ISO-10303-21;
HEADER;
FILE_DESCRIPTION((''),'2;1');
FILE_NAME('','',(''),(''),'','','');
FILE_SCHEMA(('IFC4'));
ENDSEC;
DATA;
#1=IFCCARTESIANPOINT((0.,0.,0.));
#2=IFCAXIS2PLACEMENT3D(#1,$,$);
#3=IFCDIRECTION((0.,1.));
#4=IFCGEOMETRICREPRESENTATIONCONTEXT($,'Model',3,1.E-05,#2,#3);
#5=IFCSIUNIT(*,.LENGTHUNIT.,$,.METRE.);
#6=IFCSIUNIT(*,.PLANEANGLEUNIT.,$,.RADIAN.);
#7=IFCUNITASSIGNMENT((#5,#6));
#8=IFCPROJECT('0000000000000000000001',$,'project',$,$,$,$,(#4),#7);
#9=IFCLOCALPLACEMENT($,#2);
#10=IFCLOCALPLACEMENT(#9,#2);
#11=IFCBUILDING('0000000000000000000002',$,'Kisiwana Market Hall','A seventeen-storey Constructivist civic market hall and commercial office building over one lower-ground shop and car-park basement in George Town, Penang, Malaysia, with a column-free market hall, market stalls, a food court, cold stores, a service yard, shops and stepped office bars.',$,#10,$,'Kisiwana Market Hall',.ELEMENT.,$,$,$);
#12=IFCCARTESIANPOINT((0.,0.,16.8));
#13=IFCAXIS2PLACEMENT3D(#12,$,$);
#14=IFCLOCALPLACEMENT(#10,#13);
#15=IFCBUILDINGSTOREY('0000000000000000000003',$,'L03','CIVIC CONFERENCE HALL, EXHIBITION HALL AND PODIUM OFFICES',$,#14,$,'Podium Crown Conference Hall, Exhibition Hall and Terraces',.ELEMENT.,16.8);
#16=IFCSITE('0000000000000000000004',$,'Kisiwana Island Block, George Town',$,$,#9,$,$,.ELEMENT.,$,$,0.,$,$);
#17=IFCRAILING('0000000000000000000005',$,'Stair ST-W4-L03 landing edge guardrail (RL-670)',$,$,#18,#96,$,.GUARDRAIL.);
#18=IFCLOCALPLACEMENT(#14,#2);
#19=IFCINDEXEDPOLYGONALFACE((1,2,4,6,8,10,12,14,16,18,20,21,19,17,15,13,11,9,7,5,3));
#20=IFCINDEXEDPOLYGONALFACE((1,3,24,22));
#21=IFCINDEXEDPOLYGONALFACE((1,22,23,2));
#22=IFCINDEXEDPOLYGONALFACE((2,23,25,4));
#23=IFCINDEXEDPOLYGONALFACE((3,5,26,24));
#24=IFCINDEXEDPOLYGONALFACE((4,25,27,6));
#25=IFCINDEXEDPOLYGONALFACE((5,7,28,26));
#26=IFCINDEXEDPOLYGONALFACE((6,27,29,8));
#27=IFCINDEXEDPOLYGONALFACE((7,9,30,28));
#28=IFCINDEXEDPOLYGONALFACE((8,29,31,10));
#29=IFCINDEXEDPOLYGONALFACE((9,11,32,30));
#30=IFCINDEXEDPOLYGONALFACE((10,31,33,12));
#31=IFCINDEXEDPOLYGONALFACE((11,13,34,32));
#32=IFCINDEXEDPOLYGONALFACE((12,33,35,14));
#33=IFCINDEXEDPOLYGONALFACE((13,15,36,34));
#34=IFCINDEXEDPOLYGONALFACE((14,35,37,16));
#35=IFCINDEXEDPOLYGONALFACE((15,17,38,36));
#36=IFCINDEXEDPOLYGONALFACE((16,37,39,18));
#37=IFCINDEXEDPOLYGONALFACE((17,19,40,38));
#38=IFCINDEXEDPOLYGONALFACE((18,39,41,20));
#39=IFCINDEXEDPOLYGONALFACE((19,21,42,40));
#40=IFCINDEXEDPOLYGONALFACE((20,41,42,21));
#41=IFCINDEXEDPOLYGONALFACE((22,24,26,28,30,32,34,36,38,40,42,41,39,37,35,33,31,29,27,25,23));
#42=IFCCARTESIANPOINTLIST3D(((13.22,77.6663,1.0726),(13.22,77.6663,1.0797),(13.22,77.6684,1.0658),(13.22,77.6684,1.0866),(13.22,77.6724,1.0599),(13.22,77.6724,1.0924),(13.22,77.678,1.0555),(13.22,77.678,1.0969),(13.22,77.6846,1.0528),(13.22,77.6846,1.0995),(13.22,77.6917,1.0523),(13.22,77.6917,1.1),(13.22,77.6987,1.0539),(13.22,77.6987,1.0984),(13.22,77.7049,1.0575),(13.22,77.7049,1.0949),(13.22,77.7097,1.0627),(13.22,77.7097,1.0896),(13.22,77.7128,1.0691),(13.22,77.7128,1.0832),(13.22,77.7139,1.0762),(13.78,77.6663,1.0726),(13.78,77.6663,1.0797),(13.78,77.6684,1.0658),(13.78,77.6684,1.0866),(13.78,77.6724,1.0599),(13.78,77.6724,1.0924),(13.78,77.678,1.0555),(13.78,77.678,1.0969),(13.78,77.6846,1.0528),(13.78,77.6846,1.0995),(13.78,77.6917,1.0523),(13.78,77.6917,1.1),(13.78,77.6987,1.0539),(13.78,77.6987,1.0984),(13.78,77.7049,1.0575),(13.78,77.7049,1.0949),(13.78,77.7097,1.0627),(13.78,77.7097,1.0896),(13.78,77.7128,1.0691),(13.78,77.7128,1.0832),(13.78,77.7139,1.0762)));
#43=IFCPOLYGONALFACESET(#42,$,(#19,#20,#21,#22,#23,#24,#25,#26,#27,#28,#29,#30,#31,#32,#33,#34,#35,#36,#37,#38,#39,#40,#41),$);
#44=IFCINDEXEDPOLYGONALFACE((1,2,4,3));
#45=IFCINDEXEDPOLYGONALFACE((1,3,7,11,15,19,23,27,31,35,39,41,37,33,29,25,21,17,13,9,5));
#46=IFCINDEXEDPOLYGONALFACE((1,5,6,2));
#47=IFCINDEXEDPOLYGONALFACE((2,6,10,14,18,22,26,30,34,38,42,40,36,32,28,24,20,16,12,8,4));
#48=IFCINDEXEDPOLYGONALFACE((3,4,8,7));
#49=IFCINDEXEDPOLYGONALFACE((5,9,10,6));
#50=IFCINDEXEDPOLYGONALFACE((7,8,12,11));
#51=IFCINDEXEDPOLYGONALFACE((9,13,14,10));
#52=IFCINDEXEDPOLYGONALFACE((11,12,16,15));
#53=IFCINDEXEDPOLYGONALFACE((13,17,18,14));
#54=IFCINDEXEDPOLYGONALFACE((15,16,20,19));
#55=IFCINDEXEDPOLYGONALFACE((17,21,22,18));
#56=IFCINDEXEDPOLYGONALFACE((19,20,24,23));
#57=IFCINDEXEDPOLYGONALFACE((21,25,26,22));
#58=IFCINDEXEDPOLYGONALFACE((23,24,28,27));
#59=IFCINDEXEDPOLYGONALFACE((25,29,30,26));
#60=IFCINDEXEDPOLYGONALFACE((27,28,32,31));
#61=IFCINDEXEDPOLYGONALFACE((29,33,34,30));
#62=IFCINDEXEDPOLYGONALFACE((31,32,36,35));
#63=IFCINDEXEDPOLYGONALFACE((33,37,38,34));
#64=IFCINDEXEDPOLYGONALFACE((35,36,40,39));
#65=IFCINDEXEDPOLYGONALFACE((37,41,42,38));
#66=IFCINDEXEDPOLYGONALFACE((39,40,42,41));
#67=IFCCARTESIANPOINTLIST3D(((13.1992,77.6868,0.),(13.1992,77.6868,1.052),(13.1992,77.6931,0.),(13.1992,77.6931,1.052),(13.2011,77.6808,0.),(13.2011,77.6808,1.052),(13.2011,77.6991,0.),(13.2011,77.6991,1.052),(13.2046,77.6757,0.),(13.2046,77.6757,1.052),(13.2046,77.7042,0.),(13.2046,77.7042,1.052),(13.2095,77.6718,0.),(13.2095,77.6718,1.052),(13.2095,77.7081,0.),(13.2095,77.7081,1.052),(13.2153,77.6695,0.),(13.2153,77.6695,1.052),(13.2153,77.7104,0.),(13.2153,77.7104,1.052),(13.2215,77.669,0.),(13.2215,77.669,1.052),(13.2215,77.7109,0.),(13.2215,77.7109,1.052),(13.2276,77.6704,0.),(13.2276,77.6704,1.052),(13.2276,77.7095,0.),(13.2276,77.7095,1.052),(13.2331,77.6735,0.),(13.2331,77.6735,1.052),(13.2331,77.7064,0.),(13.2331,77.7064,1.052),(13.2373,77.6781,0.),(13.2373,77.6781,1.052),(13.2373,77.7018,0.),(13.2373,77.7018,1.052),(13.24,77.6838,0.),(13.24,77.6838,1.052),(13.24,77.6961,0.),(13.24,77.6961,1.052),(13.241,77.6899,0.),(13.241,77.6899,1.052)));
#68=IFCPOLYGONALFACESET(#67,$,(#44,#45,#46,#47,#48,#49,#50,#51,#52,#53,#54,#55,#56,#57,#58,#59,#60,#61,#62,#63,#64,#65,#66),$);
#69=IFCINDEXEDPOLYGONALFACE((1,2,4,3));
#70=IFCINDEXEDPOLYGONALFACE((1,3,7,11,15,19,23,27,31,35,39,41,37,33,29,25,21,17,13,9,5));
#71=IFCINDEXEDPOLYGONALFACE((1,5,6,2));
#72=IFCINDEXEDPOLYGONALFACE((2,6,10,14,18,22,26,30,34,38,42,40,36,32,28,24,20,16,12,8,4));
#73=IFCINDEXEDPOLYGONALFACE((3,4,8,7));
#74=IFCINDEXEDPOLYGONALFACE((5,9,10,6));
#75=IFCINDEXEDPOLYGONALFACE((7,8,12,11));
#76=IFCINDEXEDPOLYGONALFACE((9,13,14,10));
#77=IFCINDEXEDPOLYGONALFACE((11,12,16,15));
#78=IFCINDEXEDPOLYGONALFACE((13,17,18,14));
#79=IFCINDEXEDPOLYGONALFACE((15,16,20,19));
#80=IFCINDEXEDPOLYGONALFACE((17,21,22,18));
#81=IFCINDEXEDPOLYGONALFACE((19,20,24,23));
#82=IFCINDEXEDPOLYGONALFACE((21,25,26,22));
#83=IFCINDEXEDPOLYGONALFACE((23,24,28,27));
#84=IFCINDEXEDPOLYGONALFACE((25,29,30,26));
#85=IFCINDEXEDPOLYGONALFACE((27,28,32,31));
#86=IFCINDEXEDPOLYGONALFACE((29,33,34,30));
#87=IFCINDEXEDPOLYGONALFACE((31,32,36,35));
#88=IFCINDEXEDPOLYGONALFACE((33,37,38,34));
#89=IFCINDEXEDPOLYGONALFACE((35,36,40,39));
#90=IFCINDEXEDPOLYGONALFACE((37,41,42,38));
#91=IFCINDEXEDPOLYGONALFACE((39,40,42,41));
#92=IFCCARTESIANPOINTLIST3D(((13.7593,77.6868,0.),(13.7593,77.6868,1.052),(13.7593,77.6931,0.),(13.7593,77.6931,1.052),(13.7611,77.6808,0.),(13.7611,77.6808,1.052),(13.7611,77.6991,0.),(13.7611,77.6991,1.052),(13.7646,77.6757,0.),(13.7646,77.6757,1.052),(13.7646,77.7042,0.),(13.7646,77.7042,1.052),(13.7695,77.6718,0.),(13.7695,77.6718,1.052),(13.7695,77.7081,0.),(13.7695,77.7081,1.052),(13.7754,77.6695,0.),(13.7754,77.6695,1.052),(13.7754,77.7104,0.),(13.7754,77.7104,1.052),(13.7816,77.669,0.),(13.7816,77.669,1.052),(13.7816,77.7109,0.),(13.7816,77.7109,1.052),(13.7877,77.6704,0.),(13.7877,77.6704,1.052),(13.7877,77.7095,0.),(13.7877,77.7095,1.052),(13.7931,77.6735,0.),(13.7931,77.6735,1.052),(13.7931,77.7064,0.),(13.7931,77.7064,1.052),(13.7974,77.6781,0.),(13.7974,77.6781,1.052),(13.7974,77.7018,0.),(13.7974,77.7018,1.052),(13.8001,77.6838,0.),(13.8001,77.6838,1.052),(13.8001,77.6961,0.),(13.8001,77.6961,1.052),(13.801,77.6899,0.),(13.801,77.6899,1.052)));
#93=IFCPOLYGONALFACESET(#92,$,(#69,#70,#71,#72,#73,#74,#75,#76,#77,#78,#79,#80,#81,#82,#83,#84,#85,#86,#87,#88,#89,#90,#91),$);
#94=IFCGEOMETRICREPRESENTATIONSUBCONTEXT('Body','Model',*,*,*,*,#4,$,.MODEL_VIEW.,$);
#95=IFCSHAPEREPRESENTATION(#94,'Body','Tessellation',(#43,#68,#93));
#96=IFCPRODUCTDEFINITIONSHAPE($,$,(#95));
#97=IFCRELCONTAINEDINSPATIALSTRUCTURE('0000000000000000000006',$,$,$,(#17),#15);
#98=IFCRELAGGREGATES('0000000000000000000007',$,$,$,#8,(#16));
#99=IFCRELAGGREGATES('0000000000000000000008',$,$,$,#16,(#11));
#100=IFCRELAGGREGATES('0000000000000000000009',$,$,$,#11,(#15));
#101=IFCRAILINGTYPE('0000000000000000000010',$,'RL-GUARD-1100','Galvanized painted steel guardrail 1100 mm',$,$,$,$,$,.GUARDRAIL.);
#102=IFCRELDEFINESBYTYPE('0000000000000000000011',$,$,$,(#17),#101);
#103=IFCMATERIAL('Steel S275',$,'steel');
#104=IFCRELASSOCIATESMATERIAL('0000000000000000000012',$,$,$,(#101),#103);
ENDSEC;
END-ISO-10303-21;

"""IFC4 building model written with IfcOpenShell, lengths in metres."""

from ifc_helpers import new_model, si_unit, direction, frame, origin, origin_2d, place, context, subcontext, project, spatial, circle, extrude, material, type_object, element, save


model = new_model("IFC4")

# Units and contexts
model_context = context("Model", 3, precision=1e-05, world=origin(), true_north=direction((0.0, 1.0)))
body_context = subcontext(model_context, "Body", "Model", "MODEL_VIEW")
ifc_project = project(units=[si_unit("LENGTHUNIT", "METRE"), si_unit("PLANEANGLEUNIT", "RADIAN")], contexts=[model_context])

# Site, building, storey
site_placement = place(None, origin())
site = spatial("IfcSite", under=ifc_project, at=site_placement, Name="Kisiwana Island Block, George Town", CompositionType="ELEMENT", RefElevation=0.0)
building_placement = place(site_placement, origin())
building = spatial("IfcBuilding", under=site, at=building_placement, Name="Kisiwana Market Hall", Description="A seventeen-storey Constructivist civic market hall and commercial office building over one lower-ground shop and car-park basement in George Town, Penang, Malaysia, with a column-free market hall, market stalls, a food court, cold stores, a service yard, shops and stepped office bars.", LongName="Kisiwana Market Hall", CompositionType="ELEMENT")
storey_placement = place(building_placement, frame((0.0, 0.0, 16.8)))
storey = spatial("IfcBuildingStorey", under=building, at=storey_placement, Name="L03", Description="CIVIC CONFERENCE HALL, EXHIBITION HALL AND PODIUM OFFICES", LongName="Podium Crown Conference Hall, Exhibition Hall and Terraces", CompositionType="ELEMENT", Elevation=16.8)

# Railing
ifc_material_1 = material(Name="Steel S275", Category="steel")
railing_type_1 = type_object("IfcRailingType", Name="RL-GUARD-1100", Description="Galvanized painted steel guardrail 1100 mm", PredefinedType="GUARDRAIL", material=ifc_material_1)
railing_1_placement = place(storey_placement, frame((13.22, 77.6899, 0.0)))
element("IfcRailing", 1, at=railing_1_placement, inside=storey, type_object=railing_type_1, Name="Stair ST-W4-L03 landing edge guardrail (RL-670)", PredefinedType="GUARDRAIL", context=body_context, shape_type="SweptSolid", body=[
    extrude(circle(Radius=0.0239, at=origin_2d()), frame((0.0, 0.0, 1.0762), z_axis=(1.0, 0.0, 0.0), x_axis=(0.0, 1.0, 0.0)), (0.0, 0.0, 1.0), 0.5601),
    extrude(circle(Radius=0.021, at=origin_2d()), origin(), (0.0, 0.0, 1.0), 1.052),
    extrude(circle(Radius=0.021, at=origin_2d()), frame((0.5601, 0.0, 0.0)), (0.0, 0.0, 1.0), 1.052),
])

save(model, "model.ifc")
